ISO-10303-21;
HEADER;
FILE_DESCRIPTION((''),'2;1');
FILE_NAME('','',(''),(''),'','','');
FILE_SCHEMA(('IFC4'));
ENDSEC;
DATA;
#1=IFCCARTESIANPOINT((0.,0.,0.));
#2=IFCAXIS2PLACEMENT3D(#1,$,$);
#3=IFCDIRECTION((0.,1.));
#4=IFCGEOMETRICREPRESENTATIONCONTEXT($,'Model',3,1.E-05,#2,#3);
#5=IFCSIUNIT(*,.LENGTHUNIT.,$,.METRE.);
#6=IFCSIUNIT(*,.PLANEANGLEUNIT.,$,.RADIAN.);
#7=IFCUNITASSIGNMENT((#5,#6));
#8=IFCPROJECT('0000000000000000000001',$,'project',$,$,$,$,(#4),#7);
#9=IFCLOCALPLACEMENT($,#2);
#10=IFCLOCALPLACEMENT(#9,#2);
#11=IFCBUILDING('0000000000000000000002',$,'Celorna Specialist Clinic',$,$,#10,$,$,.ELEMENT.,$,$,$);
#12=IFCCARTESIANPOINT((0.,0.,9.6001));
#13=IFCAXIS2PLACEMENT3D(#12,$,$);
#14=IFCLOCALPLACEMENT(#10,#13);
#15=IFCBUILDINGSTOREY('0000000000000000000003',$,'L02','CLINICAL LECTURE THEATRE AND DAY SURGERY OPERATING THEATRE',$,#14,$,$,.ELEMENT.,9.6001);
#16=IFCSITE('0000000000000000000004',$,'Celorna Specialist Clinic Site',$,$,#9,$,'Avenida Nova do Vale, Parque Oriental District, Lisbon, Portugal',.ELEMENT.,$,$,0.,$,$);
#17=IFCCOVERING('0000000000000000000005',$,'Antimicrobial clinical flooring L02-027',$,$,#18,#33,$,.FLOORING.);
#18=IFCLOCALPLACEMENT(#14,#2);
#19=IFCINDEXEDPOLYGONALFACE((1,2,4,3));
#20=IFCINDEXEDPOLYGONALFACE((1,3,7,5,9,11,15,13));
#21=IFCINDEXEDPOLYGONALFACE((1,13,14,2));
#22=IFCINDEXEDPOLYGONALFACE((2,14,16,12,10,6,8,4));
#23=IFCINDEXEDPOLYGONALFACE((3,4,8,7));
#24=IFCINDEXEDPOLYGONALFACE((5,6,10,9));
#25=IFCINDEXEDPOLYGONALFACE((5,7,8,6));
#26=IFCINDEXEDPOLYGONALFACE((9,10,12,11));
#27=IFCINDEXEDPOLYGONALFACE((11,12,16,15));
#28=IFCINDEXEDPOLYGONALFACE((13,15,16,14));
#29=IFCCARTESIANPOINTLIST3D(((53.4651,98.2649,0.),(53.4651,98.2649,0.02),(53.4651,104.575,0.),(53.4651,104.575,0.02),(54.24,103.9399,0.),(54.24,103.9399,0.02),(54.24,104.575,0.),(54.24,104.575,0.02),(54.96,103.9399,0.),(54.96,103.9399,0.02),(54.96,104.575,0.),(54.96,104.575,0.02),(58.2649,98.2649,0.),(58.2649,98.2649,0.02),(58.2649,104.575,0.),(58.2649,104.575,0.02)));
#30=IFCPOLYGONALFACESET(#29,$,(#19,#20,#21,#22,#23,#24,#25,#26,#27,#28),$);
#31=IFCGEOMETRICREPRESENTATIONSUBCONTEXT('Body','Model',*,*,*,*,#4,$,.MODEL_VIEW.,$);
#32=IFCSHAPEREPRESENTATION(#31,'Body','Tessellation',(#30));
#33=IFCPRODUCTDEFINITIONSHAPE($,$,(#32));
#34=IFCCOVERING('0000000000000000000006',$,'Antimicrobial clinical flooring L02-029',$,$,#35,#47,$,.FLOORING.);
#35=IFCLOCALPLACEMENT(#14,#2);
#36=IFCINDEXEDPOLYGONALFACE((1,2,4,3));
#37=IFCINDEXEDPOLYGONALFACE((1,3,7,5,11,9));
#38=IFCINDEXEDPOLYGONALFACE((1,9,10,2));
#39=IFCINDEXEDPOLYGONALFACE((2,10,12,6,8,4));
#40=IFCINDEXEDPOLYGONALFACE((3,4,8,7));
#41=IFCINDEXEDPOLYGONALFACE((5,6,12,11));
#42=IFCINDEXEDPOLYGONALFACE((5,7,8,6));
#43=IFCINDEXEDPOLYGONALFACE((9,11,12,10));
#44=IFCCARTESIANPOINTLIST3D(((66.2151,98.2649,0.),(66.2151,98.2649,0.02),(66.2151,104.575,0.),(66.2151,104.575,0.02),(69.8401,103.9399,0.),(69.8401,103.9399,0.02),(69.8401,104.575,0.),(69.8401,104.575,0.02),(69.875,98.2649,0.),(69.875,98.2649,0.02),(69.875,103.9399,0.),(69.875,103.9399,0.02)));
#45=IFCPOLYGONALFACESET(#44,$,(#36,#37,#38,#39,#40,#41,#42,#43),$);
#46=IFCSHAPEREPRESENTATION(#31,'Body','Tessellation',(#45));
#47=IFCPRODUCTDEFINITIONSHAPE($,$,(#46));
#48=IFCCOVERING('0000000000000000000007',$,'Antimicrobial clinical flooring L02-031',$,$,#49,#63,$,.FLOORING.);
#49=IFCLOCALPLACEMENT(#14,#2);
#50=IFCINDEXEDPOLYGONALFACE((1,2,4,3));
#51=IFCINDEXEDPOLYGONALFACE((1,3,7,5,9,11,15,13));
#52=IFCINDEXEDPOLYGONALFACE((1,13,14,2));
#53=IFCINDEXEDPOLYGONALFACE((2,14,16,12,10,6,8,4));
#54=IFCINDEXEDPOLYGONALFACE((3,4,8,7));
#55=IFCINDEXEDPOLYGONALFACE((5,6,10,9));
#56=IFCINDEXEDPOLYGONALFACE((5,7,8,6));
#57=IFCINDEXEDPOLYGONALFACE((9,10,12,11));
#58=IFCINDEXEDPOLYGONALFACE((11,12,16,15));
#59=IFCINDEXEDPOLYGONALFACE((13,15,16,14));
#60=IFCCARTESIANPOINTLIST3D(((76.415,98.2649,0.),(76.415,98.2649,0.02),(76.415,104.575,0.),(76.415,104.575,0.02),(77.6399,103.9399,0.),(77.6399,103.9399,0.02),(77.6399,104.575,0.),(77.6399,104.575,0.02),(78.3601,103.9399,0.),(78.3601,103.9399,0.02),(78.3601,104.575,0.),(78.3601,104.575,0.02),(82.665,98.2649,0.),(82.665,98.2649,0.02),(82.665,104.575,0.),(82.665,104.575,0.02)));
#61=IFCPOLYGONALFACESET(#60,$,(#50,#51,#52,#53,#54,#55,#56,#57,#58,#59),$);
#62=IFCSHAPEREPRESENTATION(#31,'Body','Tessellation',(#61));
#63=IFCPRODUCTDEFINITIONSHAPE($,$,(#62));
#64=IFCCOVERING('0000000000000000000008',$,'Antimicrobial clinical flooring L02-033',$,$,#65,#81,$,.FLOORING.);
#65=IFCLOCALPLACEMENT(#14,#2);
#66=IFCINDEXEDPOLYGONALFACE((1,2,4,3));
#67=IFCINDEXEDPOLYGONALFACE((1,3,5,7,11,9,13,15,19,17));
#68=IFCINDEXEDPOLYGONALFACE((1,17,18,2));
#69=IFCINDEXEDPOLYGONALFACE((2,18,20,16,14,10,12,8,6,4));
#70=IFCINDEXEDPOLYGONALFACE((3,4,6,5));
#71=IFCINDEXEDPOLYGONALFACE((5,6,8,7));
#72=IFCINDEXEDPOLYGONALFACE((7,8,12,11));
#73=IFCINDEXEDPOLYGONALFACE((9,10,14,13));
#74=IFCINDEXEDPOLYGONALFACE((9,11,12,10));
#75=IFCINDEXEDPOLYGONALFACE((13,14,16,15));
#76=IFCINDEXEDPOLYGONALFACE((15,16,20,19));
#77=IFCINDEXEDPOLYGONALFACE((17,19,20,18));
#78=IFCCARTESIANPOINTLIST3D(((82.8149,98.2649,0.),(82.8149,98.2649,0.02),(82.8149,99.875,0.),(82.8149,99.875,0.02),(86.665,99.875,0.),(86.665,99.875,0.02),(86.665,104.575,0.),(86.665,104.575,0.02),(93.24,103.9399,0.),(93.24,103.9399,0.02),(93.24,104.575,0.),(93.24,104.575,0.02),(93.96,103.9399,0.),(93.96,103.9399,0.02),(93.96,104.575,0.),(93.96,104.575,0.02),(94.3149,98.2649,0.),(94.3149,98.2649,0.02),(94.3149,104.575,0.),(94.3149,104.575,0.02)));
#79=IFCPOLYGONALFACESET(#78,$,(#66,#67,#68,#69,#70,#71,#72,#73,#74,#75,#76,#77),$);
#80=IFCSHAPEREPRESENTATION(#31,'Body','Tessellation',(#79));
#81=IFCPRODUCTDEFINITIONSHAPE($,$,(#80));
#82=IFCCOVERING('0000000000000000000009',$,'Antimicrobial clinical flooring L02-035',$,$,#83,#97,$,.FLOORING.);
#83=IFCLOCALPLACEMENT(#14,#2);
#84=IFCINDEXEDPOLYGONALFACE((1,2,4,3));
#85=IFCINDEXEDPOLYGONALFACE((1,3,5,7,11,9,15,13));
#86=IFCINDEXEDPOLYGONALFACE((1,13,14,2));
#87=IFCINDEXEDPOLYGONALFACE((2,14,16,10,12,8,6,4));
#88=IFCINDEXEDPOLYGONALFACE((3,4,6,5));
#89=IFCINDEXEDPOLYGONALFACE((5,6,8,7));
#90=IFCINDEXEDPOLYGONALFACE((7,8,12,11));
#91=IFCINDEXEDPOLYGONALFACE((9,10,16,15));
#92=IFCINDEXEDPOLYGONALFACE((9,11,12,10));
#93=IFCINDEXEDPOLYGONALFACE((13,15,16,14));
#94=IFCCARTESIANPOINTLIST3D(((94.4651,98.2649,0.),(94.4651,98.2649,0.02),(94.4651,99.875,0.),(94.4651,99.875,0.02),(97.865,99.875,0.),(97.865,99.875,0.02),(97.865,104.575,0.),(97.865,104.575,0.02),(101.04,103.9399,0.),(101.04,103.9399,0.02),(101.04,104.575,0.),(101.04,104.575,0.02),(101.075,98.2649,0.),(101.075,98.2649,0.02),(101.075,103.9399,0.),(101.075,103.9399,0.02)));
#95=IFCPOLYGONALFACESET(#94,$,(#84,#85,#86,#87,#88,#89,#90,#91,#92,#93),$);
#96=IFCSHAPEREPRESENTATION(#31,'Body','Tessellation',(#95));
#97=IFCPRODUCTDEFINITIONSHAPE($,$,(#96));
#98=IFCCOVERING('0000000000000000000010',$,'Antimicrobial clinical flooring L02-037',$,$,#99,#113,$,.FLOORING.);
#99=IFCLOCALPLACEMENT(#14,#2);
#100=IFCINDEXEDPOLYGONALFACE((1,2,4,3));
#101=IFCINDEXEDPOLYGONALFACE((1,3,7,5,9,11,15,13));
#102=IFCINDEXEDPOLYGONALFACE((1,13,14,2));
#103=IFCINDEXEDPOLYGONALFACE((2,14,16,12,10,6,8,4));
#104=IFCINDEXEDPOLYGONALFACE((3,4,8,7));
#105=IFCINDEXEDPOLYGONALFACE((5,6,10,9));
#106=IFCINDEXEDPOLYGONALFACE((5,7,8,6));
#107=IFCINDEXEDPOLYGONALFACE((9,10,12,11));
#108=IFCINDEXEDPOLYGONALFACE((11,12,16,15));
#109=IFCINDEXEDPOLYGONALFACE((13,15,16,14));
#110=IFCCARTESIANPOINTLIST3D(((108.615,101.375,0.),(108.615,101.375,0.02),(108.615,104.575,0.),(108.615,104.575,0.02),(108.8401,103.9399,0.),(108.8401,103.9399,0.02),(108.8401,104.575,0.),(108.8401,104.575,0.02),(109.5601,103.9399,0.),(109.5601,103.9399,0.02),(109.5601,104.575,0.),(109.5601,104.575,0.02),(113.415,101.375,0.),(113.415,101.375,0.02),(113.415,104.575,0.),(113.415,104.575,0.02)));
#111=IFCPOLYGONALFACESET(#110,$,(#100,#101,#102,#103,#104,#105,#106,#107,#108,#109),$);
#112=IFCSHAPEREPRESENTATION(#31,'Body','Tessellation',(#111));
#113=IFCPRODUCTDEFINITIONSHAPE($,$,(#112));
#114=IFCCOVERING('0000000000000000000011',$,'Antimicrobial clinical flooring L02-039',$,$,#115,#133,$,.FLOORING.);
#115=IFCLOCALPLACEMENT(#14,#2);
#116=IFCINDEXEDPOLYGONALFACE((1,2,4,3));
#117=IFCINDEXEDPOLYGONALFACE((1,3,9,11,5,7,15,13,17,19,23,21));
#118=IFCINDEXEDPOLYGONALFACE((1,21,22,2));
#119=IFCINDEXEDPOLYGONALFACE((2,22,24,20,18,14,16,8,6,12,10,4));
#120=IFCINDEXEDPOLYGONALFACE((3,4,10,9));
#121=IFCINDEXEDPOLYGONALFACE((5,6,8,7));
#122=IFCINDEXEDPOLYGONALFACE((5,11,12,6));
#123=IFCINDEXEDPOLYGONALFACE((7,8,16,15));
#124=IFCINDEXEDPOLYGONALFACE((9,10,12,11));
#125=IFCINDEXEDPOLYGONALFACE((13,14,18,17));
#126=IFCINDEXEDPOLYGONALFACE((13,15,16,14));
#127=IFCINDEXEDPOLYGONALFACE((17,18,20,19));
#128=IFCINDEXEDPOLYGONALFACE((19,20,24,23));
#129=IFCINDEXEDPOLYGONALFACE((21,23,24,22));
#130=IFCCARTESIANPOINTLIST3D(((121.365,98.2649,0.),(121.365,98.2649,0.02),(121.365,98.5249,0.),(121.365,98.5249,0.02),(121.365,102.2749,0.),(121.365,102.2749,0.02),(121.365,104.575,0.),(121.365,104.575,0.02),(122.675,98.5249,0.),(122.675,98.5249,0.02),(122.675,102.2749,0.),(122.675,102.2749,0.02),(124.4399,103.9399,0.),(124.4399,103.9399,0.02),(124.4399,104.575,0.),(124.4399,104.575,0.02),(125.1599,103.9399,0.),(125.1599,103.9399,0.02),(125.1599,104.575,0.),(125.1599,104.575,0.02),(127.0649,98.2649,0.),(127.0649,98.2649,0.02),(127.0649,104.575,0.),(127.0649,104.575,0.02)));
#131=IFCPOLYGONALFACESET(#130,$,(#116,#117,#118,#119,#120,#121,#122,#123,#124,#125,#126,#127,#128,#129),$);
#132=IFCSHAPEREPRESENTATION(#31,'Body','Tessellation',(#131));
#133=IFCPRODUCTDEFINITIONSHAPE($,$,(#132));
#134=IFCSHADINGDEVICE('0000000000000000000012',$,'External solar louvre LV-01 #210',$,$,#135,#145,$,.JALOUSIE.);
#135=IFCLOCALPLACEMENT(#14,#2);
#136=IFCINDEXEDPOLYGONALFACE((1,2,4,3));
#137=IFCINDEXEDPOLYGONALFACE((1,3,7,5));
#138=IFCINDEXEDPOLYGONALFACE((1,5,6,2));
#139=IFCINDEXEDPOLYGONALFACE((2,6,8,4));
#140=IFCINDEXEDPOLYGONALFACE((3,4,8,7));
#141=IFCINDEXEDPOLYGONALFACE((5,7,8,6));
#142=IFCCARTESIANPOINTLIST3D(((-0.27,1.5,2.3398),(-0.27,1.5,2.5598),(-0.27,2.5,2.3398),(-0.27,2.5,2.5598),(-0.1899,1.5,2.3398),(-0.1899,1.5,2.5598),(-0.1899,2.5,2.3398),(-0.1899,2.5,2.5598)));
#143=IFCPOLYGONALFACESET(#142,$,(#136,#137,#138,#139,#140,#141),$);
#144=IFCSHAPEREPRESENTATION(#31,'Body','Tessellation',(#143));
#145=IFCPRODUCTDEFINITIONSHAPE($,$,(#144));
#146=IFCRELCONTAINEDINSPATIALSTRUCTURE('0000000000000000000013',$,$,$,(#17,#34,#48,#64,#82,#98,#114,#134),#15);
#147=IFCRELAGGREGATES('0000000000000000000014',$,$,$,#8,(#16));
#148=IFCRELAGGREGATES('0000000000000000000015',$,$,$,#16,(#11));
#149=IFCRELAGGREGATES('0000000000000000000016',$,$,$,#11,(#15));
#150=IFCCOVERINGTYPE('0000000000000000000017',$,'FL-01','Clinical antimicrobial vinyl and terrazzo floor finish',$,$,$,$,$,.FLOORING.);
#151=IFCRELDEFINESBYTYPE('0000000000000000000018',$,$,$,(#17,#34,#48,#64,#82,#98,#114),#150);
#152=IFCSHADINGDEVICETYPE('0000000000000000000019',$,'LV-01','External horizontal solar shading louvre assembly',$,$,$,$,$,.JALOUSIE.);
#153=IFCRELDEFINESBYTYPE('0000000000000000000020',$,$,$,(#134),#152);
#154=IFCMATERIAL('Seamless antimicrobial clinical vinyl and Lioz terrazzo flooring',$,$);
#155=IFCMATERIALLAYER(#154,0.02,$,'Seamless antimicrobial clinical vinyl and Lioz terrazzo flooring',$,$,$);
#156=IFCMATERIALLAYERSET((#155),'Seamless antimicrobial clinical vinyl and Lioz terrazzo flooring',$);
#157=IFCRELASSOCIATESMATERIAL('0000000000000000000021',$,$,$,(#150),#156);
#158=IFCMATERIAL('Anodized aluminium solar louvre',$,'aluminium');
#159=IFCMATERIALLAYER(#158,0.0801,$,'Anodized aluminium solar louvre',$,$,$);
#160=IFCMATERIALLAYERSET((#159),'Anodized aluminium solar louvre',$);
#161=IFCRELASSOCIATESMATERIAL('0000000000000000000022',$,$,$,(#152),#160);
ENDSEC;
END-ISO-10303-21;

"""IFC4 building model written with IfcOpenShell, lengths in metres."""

from ifc_helpers import new_model, si_unit, direction, frame, origin, origin_2d, place, context, subcontext, project, spatial, polyline, rectangle, outline, extrude, material, layer, layer_set, type_object, element, save


model = new_model("IFC4")

# Units and contexts
model_context = context("Model", 3, precision=1e-05, world=origin(), true_north=direction((0.0, 1.0)))
body_context = subcontext(model_context, "Body", "Model", "MODEL_VIEW")
ifc_project = project(units=[si_unit("LENGTHUNIT", "METRE"), si_unit("PLANEANGLEUNIT", "RADIAN")], contexts=[model_context])

# Site, building, storey
site_placement = place(None, origin())
site = spatial("IfcSite", under=ifc_project, at=site_placement, Name="Celorna Specialist Clinic Site", LongName="Avenida Nova do Vale, Parque Oriental District, Lisbon, Portugal", CompositionType="ELEMENT", RefElevation=0.0)
building_placement = place(site_placement, origin())
building = spatial("IfcBuilding", under=site, at=building_placement, Name="Celorna Specialist Clinic", CompositionType="ELEMENT")
storey_placement = place(building_placement, frame((0.0, 0.0, 9.6001)))
storey = spatial("IfcBuildingStorey", under=building, at=storey_placement, Name="L02", Description="CLINICAL LECTURE THEATRE AND DAY SURGERY OPERATING THEATRE", CompositionType="ELEMENT", Elevation=9.6001)

# Coverings
ifc_material_1 = material(Name="Seamless antimicrobial clinical vinyl and Lioz terrazzo flooring")
ifc_layer_1 = layer(ifc_material_1, 0.02, Name="Seamless antimicrobial clinical vinyl and Lioz terrazzo flooring")
ifc_layer_set_1 = layer_set([ifc_layer_1], Name="Seamless antimicrobial clinical vinyl and Lioz terrazzo flooring")
covering_type_1 = type_object("IfcCoveringType", Name="FL-01", Description="Clinical antimicrobial vinyl and terrazzo floor finish", PredefinedType="FLOORING", material=ifc_layer_set_1)
covering_1_placement = place(storey_placement, origin())
element("IfcCovering", 1, at=covering_1_placement, inside=storey, type_object=covering_type_1, Name="Antimicrobial clinical flooring L02-027", PredefinedType="FLOORING", context=body_context, shape_type="SweptSolid", body=[
    extrude(outline(polyline([(53.4651, 104.575), (54.24, 104.575), (54.24, 103.9399), (54.96, 103.9399), (54.96, 104.575), (58.2649, 104.575), (58.2649, 98.2649), (53.4651, 98.2649), (53.4651, 104.575)])), origin(), (0.0, 0.0, 1.0), 0.02),
])
covering_2_placement = place(storey_placement, origin())
element("IfcCovering", 2, at=covering_2_placement, inside=storey, type_object=covering_type_1, Name="Antimicrobial clinical flooring L02-029", PredefinedType="FLOORING", context=body_context, shape_type="SweptSolid", body=[
    extrude(outline(polyline([(66.2151, 104.575), (69.8401, 104.575), (69.8401, 103.9399), (69.875, 103.9399), (69.875, 98.2649), (66.2151, 98.2649), (66.2151, 104.575)])), origin(), (0.0, 0.0, 1.0), 0.02),
])
covering_3_placement = place(storey_placement, origin())
element("IfcCovering", 3, at=covering_3_placement, inside=storey, type_object=covering_type_1, Name="Antimicrobial clinical flooring L02-031", PredefinedType="FLOORING", context=body_context, shape_type="SweptSolid", body=[
    extrude(outline(polyline([(76.415, 104.575), (77.6399, 104.575), (77.6399, 103.9399), (78.3601, 103.9399), (78.3601, 104.575), (82.665, 104.575), (82.665, 98.2649), (76.415, 98.2649), (76.415, 104.575)])), origin(), (0.0, 0.0, 1.0), 0.02),
])
covering_4_placement = place(storey_placement, origin())
element("IfcCovering", 4, at=covering_4_placement, inside=storey, type_object=covering_type_1, Name="Antimicrobial clinical flooring L02-033", PredefinedType="FLOORING", context=body_context, shape_type="SweptSolid", body=[
    extrude(outline(polyline([(86.665, 99.875), (86.665, 104.575), (93.24, 104.575), (93.24, 103.9399), (93.96, 103.9399), (93.96, 104.575), (94.3149, 104.575), (94.3149, 98.2649), (82.8149, 98.2649), (82.8149, 99.875), (86.665, 99.875)])), origin(), (0.0, 0.0, 1.0), 0.02),
])
covering_5_placement = place(storey_placement, origin())
element("IfcCovering", 5, at=covering_5_placement, inside=storey, type_object=covering_type_1, Name="Antimicrobial clinical flooring L02-035", PredefinedType="FLOORING", context=body_context, shape_type="SweptSolid", body=[
    extrude(outline(polyline([(97.865, 99.875), (97.865, 104.575), (101.04, 104.575), (101.04, 103.9399), (101.075, 103.9399), (101.075, 98.2649), (94.4651, 98.2649), (94.4651, 99.875), (97.865, 99.875)])), origin(), (0.0, 0.0, 1.0), 0.02),
])
covering_6_placement = place(storey_placement, origin())
element("IfcCovering", 6, at=covering_6_placement, inside=storey, type_object=covering_type_1, Name="Antimicrobial clinical flooring L02-037", PredefinedType="FLOORING", context=body_context, shape_type="SweptSolid", body=[
    extrude(outline(polyline([(108.8401, 104.575), (108.8401, 103.9399), (109.5601, 103.9399), (109.5601, 104.575), (113.415, 104.575), (113.415, 101.375), (108.615, 101.375), (108.615, 104.575), (108.8401, 104.575)])), origin(), (0.0, 0.0, 1.0), 0.02),
])
covering_7_placement = place(storey_placement, origin())
element("IfcCovering", 7, at=covering_7_placement, inside=storey, type_object=covering_type_1, Name="Antimicrobial clinical flooring L02-039", PredefinedType="FLOORING", context=body_context, shape_type="SweptSolid", body=[
    extrude(outline(polyline([(124.4399, 104.575), (124.4399, 103.9399), (125.1599, 103.9399), (125.1599, 104.575), (127.0649, 104.575), (127.0649, 98.2649), (121.365, 98.2649), (121.365, 98.5249), (122.675, 98.5249), (122.675, 102.2749), (121.365, 102.2749), (121.365, 104.575), (124.4399, 104.575)])), origin(), (0.0, 0.0, 1.0), 0.02),
])

# Shading device
ifc_material_2 = material(Name="Anodized aluminium solar louvre", Category="aluminium")
ifc_layer_2 = layer(ifc_material_2, 0.0801, Name="Anodized aluminium solar louvre")
ifc_layer_set_2 = layer_set([ifc_layer_2], Name="Anodized aluminium solar louvre")
shading_device_type = type_object("IfcShadingDeviceType", Name="LV-01", Description="External horizontal solar shading louvre assembly", PredefinedType="JALOUSIE", material=ifc_layer_set_2)
shading_device_placement = place(storey_placement, frame((-0.23, 2.0, 2.3398), z_axis=(0.0, 0.0, 1.0), x_axis=(0.0, 1.0, 0.0)))
element("IfcShadingDevice", 8, at=shading_device_placement, inside=storey, type_object=shading_device_type, Name="External solar louvre LV-01 #210", PredefinedType="JALOUSIE", context=body_context, shape_type="SweptSolid", body=[
    extrude(rectangle(XDim=1.0, YDim=0.0801, at=origin_2d()), origin(), (0.0, 0.0, 1.0), 0.22),
])

save(model, "model.ifc")
